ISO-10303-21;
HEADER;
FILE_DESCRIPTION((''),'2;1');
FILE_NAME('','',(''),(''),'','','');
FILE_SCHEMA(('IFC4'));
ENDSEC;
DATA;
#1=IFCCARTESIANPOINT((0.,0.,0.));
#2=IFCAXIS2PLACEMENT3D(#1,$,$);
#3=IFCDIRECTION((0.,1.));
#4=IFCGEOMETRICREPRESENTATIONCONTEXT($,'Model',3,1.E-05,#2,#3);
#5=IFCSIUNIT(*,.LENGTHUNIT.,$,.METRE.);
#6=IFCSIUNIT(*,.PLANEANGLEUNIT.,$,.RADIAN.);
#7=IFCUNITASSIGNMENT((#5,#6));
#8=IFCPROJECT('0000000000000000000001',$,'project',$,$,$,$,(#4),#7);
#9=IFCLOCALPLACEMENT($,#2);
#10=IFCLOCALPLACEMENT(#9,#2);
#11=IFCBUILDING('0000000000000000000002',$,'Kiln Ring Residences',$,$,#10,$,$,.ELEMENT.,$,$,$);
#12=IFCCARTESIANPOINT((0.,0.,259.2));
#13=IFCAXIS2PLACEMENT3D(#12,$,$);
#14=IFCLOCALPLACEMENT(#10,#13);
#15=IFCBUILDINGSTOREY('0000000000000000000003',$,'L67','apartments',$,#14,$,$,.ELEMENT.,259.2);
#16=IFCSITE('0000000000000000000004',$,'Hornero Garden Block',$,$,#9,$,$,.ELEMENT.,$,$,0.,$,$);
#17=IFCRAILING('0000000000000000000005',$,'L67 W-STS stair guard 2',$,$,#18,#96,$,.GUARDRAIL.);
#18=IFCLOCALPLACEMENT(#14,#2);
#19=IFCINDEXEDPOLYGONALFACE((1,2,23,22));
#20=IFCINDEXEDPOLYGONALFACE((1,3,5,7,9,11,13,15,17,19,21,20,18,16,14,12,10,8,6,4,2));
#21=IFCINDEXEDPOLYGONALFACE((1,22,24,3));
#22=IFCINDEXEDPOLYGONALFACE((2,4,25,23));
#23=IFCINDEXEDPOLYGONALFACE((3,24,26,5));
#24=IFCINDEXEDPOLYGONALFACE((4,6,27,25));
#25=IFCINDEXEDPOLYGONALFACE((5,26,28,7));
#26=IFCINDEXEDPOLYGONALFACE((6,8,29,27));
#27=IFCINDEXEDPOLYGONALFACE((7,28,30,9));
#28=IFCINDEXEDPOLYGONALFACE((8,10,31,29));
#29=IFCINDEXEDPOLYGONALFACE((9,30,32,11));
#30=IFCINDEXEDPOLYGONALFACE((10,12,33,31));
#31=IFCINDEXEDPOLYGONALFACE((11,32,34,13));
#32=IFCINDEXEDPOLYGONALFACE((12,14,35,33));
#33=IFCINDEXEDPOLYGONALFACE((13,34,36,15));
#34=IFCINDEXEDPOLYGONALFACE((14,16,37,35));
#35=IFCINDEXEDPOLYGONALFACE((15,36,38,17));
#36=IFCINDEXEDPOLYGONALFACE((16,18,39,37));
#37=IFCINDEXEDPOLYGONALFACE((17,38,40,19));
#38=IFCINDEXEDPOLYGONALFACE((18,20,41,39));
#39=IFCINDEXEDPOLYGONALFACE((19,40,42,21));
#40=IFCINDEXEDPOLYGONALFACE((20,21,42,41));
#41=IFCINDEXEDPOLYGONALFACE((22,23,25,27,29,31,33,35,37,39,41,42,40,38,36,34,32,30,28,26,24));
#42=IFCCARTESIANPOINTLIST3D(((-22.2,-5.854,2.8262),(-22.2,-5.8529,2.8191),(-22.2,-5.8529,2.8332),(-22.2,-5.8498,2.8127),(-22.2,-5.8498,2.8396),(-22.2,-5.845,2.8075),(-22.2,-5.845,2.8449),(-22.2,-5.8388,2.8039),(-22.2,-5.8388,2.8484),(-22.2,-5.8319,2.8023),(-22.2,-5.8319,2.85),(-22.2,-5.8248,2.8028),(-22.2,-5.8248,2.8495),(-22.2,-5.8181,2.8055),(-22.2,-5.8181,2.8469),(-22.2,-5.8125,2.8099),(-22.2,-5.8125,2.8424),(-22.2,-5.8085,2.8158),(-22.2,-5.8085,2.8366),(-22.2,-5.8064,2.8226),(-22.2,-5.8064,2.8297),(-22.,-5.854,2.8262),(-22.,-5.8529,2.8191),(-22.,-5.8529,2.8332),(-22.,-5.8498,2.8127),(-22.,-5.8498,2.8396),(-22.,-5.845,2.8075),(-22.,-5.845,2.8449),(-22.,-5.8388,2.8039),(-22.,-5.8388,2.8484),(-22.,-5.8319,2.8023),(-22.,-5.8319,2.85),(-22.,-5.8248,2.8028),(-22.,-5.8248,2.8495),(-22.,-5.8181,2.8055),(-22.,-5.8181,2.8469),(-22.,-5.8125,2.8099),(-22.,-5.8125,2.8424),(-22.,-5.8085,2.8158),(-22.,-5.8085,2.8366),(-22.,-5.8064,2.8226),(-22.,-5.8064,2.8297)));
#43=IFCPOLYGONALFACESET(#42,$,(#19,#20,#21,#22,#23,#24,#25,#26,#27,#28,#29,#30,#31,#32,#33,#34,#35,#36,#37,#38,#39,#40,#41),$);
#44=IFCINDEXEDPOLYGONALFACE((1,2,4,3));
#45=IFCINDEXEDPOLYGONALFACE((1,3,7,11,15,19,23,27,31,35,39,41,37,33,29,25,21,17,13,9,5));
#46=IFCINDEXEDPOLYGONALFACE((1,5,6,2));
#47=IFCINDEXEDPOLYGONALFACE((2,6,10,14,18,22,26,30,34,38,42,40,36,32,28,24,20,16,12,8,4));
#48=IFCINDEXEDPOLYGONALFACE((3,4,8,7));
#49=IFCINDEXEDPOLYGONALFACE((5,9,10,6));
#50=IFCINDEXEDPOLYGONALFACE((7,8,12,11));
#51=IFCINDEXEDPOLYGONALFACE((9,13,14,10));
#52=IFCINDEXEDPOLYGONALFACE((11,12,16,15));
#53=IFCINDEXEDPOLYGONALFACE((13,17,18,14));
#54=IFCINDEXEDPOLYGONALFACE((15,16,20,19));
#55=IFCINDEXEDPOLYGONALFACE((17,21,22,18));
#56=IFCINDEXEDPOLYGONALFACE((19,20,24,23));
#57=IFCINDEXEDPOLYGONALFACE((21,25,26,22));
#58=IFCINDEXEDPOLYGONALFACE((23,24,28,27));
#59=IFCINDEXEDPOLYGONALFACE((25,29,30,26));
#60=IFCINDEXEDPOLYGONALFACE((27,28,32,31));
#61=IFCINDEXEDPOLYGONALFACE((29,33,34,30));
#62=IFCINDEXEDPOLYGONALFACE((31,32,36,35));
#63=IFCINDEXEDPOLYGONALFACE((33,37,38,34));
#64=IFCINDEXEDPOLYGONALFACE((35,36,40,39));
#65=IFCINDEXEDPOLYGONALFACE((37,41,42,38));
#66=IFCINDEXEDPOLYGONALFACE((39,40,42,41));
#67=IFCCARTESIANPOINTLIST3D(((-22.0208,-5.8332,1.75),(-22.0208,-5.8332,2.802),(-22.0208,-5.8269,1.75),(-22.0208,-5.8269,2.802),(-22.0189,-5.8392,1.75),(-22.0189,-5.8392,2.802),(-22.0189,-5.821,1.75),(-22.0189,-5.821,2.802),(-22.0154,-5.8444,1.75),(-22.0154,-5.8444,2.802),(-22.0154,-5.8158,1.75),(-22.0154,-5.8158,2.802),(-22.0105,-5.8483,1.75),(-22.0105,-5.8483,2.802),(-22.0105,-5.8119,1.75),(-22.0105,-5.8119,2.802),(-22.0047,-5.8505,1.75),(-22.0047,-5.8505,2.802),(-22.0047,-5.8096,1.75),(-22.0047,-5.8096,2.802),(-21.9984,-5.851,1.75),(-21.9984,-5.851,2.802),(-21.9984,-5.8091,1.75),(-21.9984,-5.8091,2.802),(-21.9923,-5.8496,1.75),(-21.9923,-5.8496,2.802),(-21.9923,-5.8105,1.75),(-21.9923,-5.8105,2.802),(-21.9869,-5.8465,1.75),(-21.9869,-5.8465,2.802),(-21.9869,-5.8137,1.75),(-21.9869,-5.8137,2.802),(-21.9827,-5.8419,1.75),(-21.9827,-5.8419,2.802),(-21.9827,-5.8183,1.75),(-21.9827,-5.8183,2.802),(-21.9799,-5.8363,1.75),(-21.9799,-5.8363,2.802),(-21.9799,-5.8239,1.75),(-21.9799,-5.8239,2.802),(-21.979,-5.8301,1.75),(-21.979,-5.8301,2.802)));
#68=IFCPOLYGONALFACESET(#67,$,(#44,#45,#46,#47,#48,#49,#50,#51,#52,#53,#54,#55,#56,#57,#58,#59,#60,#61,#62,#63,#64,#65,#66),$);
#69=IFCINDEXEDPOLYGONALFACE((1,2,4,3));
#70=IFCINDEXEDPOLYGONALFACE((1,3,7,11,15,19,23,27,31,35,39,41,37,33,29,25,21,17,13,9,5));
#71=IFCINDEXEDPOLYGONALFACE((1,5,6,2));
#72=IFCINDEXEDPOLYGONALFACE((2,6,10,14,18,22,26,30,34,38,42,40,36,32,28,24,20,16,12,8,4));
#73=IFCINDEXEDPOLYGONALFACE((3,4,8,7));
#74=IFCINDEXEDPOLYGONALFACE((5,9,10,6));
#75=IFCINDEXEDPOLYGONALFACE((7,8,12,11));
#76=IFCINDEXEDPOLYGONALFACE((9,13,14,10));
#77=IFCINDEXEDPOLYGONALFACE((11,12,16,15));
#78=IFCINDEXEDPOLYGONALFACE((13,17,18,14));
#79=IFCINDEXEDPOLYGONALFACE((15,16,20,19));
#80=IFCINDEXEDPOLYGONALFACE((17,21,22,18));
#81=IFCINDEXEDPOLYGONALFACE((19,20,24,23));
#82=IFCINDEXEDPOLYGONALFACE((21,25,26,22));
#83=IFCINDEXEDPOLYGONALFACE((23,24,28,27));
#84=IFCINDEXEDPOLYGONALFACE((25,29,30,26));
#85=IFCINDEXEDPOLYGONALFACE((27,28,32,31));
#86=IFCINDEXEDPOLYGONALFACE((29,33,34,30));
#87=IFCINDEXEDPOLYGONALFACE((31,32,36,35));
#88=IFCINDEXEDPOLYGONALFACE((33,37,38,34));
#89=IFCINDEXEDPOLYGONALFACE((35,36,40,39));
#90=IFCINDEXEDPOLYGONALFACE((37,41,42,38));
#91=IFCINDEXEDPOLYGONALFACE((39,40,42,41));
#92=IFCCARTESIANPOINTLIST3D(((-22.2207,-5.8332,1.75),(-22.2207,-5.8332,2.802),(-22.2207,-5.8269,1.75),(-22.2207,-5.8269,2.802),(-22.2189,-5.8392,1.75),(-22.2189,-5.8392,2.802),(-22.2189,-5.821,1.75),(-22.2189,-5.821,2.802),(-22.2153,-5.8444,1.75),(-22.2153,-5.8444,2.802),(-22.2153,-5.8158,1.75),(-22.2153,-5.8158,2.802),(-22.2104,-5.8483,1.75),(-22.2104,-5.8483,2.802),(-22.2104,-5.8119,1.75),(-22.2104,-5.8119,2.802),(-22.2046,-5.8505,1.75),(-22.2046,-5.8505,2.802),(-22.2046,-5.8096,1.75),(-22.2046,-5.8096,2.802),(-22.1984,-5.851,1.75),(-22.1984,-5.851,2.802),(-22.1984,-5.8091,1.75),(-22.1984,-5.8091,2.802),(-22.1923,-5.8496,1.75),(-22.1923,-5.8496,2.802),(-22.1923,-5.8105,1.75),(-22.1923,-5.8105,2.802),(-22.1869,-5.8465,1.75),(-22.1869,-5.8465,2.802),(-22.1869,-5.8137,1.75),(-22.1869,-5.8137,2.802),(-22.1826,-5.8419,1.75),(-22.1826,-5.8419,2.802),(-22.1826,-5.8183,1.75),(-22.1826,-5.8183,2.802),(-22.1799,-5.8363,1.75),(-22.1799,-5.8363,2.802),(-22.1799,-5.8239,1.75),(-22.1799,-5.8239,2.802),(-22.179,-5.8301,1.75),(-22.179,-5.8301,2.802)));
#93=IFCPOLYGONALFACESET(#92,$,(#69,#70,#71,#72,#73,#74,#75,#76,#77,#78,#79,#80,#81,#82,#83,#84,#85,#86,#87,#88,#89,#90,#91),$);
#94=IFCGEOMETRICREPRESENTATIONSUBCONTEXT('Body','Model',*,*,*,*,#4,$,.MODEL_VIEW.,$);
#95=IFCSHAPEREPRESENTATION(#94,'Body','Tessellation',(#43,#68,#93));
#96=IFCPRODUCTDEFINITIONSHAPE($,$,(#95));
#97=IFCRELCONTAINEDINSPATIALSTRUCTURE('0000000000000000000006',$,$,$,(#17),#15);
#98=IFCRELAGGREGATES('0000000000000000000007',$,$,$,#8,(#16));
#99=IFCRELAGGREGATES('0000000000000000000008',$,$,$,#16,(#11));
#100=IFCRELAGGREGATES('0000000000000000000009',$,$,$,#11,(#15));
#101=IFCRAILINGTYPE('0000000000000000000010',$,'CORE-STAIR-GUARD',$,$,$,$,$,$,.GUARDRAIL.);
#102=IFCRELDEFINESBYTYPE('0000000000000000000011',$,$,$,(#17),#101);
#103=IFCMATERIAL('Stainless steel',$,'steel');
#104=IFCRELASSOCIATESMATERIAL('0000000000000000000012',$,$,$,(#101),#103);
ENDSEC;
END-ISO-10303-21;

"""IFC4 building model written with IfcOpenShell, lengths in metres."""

from ifc_helpers import new_model, si_unit, direction, frame, origin, origin_2d, place, context, subcontext, project, spatial, circle, extrude, material, type_object, element, save


model = new_model("IFC4")

# Units and contexts
model_context = context("Model", 3, precision=1e-05, world=origin(), true_north=direction((0.0, 1.0)))
body_context = subcontext(model_context, "Body", "Model", "MODEL_VIEW")
ifc_project = project(units=[si_unit("LENGTHUNIT", "METRE"), si_unit("PLANEANGLEUNIT", "RADIAN")], contexts=[model_context])

# Site, building, storey
site_placement = place(None, origin())
site = spatial("IfcSite", under=ifc_project, at=site_placement, Name="Hornero Garden Block", CompositionType="ELEMENT", RefElevation=0.0)
building_placement = place(site_placement, origin())
building = spatial("IfcBuilding", under=site, at=building_placement, Name="Kiln Ring Residences", CompositionType="ELEMENT")
storey_placement = place(building_placement, frame((0.0, 0.0, 259.2)))
storey = spatial("IfcBuildingStorey", under=building, at=storey_placement, Name="L67", Description="apartments", CompositionType="ELEMENT", Elevation=259.2)

# Railing
ifc_material_1 = material(Name="Stainless steel", Category="steel")
railing_type_1 = type_object("IfcRailingType", Name="CORE-STAIR-GUARD", PredefinedType="GUARDRAIL", material=ifc_material_1)
railing_1_placement = place(storey_placement, frame((-22.0, -5.8301, 1.75)))
element("IfcRailing", 1, at=railing_1_placement, inside=storey, type_object=railing_type_1, Name="L67 W-STS stair guard 2", PredefinedType="GUARDRAIL", context=body_context, shape_type="SweptSolid", body=[
    extrude(circle(Radius=0.0239, at=origin_2d()), frame((0.0, 0.0, 1.0762), z_axis=(-1.0, 0.0, 0.0), x_axis=(0.0, -1.0, 0.0)), (0.0, 0.0, 1.0), 0.2),
    extrude(circle(Radius=0.021, at=origin_2d()), origin(), (0.0, 0.0, 1.0), 1.052),
    extrude(circle(Radius=0.021, at=origin_2d()), frame((-0.2, 0.0, 0.0)), (0.0, 0.0, 1.0), 1.052),
])

save(model, "model.ifc")
